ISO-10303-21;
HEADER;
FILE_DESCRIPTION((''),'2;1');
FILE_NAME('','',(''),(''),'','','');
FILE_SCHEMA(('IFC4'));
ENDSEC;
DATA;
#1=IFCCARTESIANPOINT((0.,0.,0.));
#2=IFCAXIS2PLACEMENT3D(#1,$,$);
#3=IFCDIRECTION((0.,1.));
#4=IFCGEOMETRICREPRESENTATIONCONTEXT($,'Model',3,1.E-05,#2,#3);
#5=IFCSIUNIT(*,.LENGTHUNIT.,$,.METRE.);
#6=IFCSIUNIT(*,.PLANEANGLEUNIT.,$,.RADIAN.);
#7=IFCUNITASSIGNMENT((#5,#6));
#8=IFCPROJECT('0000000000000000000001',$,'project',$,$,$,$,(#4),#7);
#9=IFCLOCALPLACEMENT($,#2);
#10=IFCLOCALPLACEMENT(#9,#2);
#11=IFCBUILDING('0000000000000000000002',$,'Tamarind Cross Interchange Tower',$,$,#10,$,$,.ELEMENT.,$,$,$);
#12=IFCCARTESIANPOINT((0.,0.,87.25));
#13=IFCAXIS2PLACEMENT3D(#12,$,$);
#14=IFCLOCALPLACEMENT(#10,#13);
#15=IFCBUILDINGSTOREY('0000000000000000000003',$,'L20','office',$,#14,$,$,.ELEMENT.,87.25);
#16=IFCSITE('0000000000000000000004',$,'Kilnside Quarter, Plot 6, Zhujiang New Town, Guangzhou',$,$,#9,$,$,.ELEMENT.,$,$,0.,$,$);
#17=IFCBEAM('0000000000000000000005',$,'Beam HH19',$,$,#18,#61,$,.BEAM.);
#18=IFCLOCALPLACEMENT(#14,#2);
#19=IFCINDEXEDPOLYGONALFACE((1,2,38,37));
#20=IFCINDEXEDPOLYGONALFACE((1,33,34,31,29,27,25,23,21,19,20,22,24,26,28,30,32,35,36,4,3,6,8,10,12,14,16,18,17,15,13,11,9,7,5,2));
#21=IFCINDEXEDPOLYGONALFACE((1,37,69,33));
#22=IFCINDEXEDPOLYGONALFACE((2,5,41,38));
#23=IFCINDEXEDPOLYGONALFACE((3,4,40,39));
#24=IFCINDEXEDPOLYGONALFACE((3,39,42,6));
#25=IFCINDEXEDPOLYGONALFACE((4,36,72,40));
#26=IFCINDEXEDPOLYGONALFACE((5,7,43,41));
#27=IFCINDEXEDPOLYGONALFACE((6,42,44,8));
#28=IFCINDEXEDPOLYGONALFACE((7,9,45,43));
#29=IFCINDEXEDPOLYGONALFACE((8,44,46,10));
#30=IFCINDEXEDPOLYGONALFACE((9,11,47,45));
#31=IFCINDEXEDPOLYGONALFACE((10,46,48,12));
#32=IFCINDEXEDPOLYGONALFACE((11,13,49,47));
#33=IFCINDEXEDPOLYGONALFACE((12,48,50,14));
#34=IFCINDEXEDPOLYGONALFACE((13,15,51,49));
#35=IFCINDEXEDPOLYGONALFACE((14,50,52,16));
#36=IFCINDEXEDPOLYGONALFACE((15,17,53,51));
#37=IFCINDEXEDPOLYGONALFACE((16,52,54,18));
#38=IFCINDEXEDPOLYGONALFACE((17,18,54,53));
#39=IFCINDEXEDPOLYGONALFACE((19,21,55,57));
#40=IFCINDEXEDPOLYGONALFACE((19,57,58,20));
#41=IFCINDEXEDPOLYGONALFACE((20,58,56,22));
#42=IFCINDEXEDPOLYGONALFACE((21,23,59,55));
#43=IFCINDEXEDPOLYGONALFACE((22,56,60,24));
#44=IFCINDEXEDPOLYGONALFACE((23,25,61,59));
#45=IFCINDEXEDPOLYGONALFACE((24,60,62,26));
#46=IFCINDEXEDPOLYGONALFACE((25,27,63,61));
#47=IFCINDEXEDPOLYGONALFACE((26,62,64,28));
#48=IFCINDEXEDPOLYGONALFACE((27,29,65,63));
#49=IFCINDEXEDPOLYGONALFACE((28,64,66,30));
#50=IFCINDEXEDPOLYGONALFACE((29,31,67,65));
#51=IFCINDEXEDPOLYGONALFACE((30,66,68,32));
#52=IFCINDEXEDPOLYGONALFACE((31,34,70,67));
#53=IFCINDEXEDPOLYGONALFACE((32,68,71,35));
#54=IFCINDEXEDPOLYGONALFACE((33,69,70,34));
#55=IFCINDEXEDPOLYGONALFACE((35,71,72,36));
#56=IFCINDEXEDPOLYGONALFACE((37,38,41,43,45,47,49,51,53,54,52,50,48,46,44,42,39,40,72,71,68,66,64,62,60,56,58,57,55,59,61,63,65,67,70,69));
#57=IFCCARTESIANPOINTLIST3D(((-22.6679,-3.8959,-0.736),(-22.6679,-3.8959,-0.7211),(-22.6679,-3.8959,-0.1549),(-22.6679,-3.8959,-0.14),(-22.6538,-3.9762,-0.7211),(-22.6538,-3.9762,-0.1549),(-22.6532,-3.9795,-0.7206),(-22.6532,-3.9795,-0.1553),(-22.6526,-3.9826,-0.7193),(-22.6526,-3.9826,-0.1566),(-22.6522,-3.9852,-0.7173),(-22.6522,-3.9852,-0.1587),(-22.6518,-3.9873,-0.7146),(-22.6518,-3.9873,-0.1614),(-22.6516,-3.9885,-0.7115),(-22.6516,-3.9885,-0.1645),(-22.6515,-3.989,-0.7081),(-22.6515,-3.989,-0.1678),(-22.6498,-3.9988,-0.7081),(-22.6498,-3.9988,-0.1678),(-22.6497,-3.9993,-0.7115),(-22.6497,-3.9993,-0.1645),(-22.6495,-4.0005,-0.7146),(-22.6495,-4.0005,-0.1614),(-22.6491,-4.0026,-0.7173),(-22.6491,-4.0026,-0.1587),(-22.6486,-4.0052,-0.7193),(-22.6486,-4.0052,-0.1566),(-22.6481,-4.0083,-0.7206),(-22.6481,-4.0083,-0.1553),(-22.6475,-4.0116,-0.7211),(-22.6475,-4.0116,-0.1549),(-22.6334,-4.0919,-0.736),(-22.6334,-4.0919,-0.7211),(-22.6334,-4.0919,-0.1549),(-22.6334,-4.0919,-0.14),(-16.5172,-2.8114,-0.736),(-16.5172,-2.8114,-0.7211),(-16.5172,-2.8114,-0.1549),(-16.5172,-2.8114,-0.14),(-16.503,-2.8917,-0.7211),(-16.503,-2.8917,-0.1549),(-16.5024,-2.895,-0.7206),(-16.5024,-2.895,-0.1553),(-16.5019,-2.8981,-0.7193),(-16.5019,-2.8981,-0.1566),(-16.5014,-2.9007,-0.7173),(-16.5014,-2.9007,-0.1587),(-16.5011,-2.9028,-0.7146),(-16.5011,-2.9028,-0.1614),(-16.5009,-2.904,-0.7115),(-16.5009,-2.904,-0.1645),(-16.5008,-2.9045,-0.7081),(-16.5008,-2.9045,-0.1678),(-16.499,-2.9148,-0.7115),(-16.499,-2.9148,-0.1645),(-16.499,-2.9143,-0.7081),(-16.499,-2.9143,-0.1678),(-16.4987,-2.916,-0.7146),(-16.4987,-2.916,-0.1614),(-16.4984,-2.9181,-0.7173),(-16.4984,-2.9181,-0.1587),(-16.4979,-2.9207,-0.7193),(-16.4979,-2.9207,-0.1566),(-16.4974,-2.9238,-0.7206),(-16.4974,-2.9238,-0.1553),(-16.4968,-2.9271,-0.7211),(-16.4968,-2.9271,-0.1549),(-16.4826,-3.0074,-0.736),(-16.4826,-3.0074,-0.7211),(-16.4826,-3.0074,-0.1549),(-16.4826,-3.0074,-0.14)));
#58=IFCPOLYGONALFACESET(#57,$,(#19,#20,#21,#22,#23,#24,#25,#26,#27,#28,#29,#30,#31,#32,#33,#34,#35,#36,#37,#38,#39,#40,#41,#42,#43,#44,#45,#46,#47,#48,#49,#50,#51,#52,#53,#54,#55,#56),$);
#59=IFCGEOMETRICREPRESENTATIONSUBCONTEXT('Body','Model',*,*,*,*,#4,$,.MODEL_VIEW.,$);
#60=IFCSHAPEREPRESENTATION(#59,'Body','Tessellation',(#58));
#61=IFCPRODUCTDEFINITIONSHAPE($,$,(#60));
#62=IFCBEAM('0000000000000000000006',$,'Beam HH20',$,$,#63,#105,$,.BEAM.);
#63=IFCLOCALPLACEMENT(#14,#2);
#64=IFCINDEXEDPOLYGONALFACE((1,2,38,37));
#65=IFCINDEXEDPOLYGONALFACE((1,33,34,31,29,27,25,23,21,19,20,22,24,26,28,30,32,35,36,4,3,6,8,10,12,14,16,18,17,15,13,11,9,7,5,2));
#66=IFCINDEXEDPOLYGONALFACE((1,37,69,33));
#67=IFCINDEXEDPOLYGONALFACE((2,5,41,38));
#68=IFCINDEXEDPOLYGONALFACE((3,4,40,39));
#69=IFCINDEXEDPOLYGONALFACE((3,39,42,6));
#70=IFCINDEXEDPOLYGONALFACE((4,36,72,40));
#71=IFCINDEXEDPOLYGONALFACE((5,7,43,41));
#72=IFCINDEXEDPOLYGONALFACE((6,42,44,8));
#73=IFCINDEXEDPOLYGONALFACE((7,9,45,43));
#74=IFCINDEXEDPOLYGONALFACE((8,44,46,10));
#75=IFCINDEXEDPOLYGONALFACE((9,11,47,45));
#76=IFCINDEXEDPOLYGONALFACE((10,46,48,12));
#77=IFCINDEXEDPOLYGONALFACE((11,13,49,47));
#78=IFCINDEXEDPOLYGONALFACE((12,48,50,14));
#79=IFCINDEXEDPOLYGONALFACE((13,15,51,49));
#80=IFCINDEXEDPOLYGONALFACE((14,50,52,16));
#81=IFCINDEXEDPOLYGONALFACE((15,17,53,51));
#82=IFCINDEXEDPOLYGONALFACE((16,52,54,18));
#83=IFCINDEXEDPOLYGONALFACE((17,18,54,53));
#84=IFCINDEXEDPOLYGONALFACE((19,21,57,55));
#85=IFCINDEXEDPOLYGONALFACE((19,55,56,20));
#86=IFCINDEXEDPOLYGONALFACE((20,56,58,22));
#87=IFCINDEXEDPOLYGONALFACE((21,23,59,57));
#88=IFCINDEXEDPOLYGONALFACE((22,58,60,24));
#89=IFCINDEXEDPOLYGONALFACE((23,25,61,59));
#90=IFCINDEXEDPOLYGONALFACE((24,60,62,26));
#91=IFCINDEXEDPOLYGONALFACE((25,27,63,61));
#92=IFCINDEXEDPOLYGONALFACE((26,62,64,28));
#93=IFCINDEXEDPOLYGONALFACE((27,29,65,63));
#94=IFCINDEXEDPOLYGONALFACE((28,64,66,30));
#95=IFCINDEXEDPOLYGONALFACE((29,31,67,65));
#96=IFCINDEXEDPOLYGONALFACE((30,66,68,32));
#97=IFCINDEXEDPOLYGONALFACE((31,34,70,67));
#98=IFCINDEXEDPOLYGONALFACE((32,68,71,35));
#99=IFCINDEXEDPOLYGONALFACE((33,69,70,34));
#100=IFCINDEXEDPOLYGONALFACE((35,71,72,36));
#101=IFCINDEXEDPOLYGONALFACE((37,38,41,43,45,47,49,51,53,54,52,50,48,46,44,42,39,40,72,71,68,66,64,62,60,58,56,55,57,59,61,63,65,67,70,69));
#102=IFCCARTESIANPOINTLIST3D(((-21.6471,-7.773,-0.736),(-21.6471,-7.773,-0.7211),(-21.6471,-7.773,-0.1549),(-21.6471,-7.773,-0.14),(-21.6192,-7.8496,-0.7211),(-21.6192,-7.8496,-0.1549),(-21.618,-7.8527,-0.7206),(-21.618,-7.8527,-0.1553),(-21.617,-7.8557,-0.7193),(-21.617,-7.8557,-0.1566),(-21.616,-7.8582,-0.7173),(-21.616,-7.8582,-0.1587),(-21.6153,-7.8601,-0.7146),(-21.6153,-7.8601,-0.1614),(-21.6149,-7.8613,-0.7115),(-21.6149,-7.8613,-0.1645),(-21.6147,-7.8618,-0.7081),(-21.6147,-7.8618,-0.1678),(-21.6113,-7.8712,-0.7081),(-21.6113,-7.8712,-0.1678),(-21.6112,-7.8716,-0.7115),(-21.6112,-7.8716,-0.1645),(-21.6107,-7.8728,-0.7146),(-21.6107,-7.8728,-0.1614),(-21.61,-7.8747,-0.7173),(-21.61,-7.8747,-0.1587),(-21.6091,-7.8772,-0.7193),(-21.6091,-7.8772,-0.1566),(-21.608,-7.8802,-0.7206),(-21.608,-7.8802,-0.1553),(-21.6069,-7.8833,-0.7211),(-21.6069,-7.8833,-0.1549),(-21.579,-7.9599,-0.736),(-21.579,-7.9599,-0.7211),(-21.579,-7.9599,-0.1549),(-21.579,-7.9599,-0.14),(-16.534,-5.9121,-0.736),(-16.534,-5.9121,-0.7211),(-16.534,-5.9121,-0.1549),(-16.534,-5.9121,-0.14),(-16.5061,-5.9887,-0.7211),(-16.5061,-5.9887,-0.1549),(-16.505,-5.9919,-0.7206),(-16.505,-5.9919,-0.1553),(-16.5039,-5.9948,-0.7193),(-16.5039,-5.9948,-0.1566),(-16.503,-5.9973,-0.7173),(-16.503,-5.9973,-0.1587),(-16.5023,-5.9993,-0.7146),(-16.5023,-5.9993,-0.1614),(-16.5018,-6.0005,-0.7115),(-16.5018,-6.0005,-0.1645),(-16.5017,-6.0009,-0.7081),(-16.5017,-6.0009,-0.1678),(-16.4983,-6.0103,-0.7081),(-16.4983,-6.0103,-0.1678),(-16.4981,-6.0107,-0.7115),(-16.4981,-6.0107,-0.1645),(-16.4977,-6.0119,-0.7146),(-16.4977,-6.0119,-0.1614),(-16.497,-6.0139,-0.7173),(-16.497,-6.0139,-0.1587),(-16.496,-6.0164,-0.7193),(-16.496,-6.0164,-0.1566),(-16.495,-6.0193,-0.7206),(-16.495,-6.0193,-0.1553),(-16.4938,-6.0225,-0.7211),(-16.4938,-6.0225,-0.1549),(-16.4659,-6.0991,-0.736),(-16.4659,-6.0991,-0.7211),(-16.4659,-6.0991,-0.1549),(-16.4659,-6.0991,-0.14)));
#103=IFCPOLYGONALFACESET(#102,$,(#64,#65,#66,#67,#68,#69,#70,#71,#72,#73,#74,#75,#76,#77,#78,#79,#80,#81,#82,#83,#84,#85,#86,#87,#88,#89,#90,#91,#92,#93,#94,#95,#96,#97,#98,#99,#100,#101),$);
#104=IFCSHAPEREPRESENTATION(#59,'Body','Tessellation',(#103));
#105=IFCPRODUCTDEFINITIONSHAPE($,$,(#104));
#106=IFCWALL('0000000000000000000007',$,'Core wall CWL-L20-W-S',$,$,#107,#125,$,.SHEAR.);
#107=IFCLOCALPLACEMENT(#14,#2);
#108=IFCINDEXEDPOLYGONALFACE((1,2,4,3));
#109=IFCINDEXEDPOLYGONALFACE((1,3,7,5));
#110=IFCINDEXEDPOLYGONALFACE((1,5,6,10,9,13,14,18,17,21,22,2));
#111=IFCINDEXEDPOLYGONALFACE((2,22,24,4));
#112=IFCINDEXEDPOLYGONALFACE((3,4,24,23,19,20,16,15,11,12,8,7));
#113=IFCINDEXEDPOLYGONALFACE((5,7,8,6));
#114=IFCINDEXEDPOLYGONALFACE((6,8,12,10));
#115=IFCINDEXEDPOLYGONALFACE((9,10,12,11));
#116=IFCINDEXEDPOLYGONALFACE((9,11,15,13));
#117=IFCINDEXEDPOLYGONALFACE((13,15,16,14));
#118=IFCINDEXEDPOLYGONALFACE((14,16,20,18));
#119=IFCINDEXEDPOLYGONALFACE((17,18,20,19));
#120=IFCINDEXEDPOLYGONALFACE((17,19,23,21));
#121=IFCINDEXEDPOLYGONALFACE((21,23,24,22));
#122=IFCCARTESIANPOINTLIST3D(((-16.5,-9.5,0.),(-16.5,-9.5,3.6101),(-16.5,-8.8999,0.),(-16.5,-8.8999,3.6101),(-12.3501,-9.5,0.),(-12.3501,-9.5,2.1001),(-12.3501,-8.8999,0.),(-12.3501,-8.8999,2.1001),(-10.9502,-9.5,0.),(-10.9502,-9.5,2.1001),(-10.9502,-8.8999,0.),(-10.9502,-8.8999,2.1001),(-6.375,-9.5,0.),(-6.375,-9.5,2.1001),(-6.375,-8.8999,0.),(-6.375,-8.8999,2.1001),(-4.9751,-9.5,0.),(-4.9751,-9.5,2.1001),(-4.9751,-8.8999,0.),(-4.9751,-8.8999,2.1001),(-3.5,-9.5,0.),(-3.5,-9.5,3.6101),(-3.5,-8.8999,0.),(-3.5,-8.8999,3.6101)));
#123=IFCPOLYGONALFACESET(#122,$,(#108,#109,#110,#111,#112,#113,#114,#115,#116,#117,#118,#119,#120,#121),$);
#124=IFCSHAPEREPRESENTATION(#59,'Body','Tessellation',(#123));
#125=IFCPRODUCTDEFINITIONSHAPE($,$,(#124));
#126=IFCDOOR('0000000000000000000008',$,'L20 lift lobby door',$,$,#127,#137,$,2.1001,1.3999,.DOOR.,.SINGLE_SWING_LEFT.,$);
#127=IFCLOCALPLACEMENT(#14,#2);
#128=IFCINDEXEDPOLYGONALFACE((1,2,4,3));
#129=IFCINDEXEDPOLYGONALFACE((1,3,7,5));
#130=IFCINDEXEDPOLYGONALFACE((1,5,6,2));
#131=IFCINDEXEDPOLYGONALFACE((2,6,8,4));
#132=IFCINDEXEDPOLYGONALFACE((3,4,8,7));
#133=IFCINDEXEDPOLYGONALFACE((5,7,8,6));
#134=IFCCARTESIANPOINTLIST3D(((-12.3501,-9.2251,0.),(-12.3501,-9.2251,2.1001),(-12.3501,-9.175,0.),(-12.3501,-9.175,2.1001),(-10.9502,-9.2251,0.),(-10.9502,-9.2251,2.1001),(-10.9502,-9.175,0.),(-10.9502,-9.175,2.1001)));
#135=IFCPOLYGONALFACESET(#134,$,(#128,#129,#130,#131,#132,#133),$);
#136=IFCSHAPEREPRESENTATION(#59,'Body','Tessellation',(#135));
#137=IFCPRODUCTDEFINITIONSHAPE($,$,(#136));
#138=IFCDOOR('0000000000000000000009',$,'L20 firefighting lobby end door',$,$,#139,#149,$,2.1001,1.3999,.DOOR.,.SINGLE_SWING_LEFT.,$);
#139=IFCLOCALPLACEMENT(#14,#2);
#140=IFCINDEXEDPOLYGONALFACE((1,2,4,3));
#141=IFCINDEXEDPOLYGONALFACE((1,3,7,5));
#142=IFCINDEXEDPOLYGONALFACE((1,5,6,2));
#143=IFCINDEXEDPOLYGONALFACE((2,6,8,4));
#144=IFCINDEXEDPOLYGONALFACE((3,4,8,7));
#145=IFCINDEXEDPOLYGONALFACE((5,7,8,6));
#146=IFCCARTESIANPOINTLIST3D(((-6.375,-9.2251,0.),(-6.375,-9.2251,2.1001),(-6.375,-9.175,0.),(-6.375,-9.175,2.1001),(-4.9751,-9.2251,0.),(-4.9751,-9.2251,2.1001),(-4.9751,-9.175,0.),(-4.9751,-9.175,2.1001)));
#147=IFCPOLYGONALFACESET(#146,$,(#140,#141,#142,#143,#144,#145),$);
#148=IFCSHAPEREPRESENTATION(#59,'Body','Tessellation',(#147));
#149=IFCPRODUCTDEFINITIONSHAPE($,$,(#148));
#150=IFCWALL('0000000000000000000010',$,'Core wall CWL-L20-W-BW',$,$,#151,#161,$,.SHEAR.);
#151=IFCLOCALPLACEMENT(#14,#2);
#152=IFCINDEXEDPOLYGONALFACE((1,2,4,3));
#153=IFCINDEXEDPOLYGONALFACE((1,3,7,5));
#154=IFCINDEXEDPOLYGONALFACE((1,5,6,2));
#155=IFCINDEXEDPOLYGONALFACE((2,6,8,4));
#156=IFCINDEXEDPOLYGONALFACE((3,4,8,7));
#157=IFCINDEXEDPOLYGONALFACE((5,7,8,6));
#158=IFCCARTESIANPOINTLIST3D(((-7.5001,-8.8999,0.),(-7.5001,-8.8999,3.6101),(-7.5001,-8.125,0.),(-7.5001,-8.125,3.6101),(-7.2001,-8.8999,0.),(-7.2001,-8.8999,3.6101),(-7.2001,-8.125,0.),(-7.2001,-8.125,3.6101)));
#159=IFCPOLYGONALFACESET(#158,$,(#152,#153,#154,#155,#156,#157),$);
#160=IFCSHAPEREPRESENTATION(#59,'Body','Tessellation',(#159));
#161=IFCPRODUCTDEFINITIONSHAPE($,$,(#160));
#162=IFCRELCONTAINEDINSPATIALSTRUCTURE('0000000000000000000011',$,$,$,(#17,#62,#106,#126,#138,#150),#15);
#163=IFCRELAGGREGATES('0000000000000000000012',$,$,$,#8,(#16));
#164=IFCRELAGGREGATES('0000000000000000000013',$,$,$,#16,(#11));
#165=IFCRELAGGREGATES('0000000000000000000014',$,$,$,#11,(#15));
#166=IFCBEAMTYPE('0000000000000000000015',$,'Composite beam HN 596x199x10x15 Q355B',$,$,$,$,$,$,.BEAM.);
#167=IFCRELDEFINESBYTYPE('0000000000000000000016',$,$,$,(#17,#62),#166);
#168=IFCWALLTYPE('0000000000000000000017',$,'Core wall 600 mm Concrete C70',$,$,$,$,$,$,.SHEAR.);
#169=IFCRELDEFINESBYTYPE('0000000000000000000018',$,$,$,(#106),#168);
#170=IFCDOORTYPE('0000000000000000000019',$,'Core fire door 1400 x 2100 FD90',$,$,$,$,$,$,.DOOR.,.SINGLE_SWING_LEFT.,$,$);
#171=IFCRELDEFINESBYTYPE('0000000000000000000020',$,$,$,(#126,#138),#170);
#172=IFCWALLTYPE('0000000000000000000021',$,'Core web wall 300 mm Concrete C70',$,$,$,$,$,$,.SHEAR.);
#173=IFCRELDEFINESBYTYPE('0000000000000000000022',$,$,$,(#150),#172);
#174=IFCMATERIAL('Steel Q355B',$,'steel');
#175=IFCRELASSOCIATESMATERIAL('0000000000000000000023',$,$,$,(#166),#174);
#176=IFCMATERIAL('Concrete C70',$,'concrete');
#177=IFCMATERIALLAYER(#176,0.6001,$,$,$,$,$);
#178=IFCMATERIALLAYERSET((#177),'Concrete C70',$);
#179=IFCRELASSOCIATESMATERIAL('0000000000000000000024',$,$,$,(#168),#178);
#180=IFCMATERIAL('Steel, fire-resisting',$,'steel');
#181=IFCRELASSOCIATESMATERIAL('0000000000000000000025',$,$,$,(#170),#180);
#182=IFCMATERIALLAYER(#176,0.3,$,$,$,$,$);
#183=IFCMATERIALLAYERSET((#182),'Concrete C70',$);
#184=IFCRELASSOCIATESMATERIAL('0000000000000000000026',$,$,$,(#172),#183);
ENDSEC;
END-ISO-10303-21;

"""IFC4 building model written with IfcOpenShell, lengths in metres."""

from ifc_helpers import new_model, si_unit, direction, frame, frame_2d, origin, origin_2d, place, context, subcontext, project, spatial, rectangle, i_section, extrude, material, layer, layer_set, material_profile, profile_set, type_object, element, fill, save


model = new_model("IFC4")

# Units and contexts
model_context = context("Model", 3, precision=1e-05, world=origin(), true_north=direction((0.0, 1.0)))
body_context = subcontext(model_context, "Body", "Model", "MODEL_VIEW")
ifc_project = project(units=[si_unit("LENGTHUNIT", "METRE"), si_unit("PLANEANGLEUNIT", "RADIAN")], contexts=[model_context])

# Site, building, storey
site_placement = place(None, origin())
site = spatial("IfcSite", under=ifc_project, at=site_placement, Name="Kilnside Quarter, Plot 6, Zhujiang New Town, Guangzhou", CompositionType="ELEMENT", RefElevation=0.0)
building_placement = place(site_placement, origin())
building = spatial("IfcBuilding", under=site, at=building_placement, Name="Tamarind Cross Interchange Tower", CompositionType="ELEMENT")
storey_placement = place(building_placement, frame((0.0, 0.0, 87.25)))
storey = spatial("IfcBuildingStorey", under=building, at=storey_placement, Name="L20", Description="office", CompositionType="ELEMENT", Elevation=87.25)

# Beams
ifc_material_1 = material(Name="Steel Q355B", Category="steel")
ifc_material_profile_1 = material_profile(ifc_material_1, i_section(OverallWidth=0.199, OverallDepth=0.5959, WebThickness=0.01, FlangeThickness=0.0149, FilletRadius=0.0129, at=origin_2d()), Name="HN 596x199x10x15")
ifc_profile_set_1 = profile_set([ifc_material_profile_1], Name="Steel Q355B")
beam_type = type_object("IfcBeamType", Name="Composite beam HN 596x199x10x15 Q355B", PredefinedType="BEAM", material=ifc_profile_set_1)
beam_1_placement = place(storey_placement, frame((-22.6506, -3.9939, -0.438), z_axis=(0.984809, 0.17364, 0.0), x_axis=(-0.17364, 0.984809, 0.0)))
element("IfcBeam", 1, at=beam_1_placement, inside=storey, type_object=beam_type, Name="Beam HH19", PredefinedType="BEAM", context=body_context, shape_type="SweptSolid", body=[
    extrude(i_section(OverallWidth=0.199, OverallDepth=0.5959, WebThickness=0.01, FlangeThickness=0.0149, FilletRadius=0.0129, at=origin_2d()), origin(), (0.0, 0.0, 1.0), 6.2456),
])
beam_2_placement = place(storey_placement, frame((-21.613, -7.8665, -0.438), z_axis=(0.939702, 0.341995, 0.0), x_axis=(-0.341995, 0.939702, 0.0)))
element("IfcBeam", 2, at=beam_2_placement, inside=storey, type_object=beam_type, Name="Beam HH20", PredefinedType="BEAM", context=body_context, shape_type="SweptSolid", body=[
    extrude(i_section(OverallWidth=0.199, OverallDepth=0.5959, WebThickness=0.01, FlangeThickness=0.0149, FilletRadius=0.0129, at=origin_2d()), origin(), (0.0, 0.0, 1.0), 5.4412),
])

# Wall, openings, doors
ifc_material_2 = material(Name="Concrete C70", Category="concrete")
ifc_layer_1 = layer(ifc_material_2, 0.6001)
ifc_layer_set_1 = layer_set([ifc_layer_1], Name="Concrete C70")
wall_type_1 = type_object("IfcWallType", Name="Core wall 600 mm Concrete C70", PredefinedType="SHEAR", material=ifc_layer_set_1)
wall_1_placement = place(storey_placement, frame((-16.5, -9.2, 0.0), z_axis=(0.0, 0.0, 1.0), x_axis=(1.0, 0.0, 0.0)))
wall_1 = element("IfcWall", 3, at=wall_1_placement, inside=storey, type_object=wall_type_1, Name="Core wall CWL-L20-W-S", PredefinedType="SHEAR", context=body_context, shape_type="SweptSolid", body=[
    extrude(rectangle(XDim=13.0, YDim=0.6001, at=frame_2d((6.5, 0.0))), origin(), (0.0, 0.0, 1.0), 3.6101),
])
opening_1_placement = place(wall_1_placement, frame((4.1499, 0.0, 0.0)))
opening_1 = element("IfcOpeningElement", 4, at=opening_1_placement, cuts=wall_1, PredefinedType="OPENING", context=body_context, shape_type="SweptSolid", body=[
    extrude(rectangle(XDim=1.3999, YDim=2.1001, at=frame_2d((0.7, 1.05))), frame((0.0, 0.3101, 0.0), z_axis=(0.0, -1.0, 0.0), x_axis=(1.0, 0.0, 0.0)), (0.0, 0.0, 1.0), 0.6201),
])
opening_2_placement = place(wall_1_placement, frame((10.125, 0.0, 0.0)))
opening_2 = element("IfcOpeningElement", 5, at=opening_2_placement, cuts=wall_1, PredefinedType="OPENING", context=body_context, shape_type="SweptSolid", body=[
    extrude(rectangle(XDim=1.3999, YDim=2.1001, at=frame_2d((0.7, 1.05))), frame((0.0, 0.3101, 0.0), z_axis=(0.0, -1.0, 0.0), x_axis=(1.0, 0.0, 0.0)), (0.0, 0.0, 1.0), 0.6201),
])
ifc_material_3 = material(Name="Steel, fire-resisting", Category="steel")
door_type_1 = type_object("IfcDoorType", Name="Core fire door 1400 x 2100 FD90", OperationType="SINGLE_SWING_LEFT", PredefinedType="DOOR", material=ifc_material_3)
door_1_placement = place(opening_1_placement, origin())
door_1 = element("IfcDoor", 6, at=door_1_placement, inside=storey, type_object=door_type_1, Name="L20 lift lobby door", OperationType="SINGLE_SWING_LEFT", OverallHeight=2.1001, OverallWidth=1.3999, PredefinedType="DOOR", context=body_context, shape_type="SweptSolid", body=[
    extrude(rectangle(XDim=1.3999, YDim=2.1001, at=frame_2d((0.7, 1.05))), frame((0.0, 0.0249, 0.0), z_axis=(0.0, -1.0, 0.0), x_axis=(1.0, 0.0, 0.0)), (0.0, 0.0, 1.0), 0.05),
])
fill(opening_1, door_1)
door_2_placement = place(opening_2_placement, origin())
door_2 = element("IfcDoor", 7, at=door_2_placement, inside=storey, type_object=door_type_1, Name="L20 firefighting lobby end door", OperationType="SINGLE_SWING_LEFT", OverallHeight=2.1001, OverallWidth=1.3999, PredefinedType="DOOR", context=body_context, shape_type="SweptSolid", body=[
    extrude(rectangle(XDim=1.3999, YDim=2.1001, at=frame_2d((0.7, 1.05))), frame((0.0, 0.0249, 0.0), z_axis=(0.0, -1.0, 0.0), x_axis=(1.0, 0.0, 0.0)), (0.0, 0.0, 1.0), 0.05),
])
fill(opening_2, door_2)

# Wall
ifc_layer_2 = layer(ifc_material_2, 0.3)
ifc_layer_set_2 = layer_set([ifc_layer_2], Name="Concrete C70")
wall_type_2 = type_object("IfcWallType", Name="Core web wall 300 mm Concrete C70", PredefinedType="SHEAR", material=ifc_layer_set_2)
wall_2_placement = place(storey_placement, frame((-7.3501, -8.8999, 0.0), z_axis=(0.0, 0.0, 1.0), x_axis=(0.0, 1.0, 0.0)))
element("IfcWall", 8, at=wall_2_placement, inside=storey, type_object=wall_type_2, Name="Core wall CWL-L20-W-BW", PredefinedType="SHEAR", context=body_context, shape_type="SweptSolid", body=[
    extrude(rectangle(XDim=0.7749, YDim=0.3, at=frame_2d((0.3875, 0.0))), origin(), (0.0, 0.0, 1.0), 3.6101),
])

save(model, "model.ifc")
